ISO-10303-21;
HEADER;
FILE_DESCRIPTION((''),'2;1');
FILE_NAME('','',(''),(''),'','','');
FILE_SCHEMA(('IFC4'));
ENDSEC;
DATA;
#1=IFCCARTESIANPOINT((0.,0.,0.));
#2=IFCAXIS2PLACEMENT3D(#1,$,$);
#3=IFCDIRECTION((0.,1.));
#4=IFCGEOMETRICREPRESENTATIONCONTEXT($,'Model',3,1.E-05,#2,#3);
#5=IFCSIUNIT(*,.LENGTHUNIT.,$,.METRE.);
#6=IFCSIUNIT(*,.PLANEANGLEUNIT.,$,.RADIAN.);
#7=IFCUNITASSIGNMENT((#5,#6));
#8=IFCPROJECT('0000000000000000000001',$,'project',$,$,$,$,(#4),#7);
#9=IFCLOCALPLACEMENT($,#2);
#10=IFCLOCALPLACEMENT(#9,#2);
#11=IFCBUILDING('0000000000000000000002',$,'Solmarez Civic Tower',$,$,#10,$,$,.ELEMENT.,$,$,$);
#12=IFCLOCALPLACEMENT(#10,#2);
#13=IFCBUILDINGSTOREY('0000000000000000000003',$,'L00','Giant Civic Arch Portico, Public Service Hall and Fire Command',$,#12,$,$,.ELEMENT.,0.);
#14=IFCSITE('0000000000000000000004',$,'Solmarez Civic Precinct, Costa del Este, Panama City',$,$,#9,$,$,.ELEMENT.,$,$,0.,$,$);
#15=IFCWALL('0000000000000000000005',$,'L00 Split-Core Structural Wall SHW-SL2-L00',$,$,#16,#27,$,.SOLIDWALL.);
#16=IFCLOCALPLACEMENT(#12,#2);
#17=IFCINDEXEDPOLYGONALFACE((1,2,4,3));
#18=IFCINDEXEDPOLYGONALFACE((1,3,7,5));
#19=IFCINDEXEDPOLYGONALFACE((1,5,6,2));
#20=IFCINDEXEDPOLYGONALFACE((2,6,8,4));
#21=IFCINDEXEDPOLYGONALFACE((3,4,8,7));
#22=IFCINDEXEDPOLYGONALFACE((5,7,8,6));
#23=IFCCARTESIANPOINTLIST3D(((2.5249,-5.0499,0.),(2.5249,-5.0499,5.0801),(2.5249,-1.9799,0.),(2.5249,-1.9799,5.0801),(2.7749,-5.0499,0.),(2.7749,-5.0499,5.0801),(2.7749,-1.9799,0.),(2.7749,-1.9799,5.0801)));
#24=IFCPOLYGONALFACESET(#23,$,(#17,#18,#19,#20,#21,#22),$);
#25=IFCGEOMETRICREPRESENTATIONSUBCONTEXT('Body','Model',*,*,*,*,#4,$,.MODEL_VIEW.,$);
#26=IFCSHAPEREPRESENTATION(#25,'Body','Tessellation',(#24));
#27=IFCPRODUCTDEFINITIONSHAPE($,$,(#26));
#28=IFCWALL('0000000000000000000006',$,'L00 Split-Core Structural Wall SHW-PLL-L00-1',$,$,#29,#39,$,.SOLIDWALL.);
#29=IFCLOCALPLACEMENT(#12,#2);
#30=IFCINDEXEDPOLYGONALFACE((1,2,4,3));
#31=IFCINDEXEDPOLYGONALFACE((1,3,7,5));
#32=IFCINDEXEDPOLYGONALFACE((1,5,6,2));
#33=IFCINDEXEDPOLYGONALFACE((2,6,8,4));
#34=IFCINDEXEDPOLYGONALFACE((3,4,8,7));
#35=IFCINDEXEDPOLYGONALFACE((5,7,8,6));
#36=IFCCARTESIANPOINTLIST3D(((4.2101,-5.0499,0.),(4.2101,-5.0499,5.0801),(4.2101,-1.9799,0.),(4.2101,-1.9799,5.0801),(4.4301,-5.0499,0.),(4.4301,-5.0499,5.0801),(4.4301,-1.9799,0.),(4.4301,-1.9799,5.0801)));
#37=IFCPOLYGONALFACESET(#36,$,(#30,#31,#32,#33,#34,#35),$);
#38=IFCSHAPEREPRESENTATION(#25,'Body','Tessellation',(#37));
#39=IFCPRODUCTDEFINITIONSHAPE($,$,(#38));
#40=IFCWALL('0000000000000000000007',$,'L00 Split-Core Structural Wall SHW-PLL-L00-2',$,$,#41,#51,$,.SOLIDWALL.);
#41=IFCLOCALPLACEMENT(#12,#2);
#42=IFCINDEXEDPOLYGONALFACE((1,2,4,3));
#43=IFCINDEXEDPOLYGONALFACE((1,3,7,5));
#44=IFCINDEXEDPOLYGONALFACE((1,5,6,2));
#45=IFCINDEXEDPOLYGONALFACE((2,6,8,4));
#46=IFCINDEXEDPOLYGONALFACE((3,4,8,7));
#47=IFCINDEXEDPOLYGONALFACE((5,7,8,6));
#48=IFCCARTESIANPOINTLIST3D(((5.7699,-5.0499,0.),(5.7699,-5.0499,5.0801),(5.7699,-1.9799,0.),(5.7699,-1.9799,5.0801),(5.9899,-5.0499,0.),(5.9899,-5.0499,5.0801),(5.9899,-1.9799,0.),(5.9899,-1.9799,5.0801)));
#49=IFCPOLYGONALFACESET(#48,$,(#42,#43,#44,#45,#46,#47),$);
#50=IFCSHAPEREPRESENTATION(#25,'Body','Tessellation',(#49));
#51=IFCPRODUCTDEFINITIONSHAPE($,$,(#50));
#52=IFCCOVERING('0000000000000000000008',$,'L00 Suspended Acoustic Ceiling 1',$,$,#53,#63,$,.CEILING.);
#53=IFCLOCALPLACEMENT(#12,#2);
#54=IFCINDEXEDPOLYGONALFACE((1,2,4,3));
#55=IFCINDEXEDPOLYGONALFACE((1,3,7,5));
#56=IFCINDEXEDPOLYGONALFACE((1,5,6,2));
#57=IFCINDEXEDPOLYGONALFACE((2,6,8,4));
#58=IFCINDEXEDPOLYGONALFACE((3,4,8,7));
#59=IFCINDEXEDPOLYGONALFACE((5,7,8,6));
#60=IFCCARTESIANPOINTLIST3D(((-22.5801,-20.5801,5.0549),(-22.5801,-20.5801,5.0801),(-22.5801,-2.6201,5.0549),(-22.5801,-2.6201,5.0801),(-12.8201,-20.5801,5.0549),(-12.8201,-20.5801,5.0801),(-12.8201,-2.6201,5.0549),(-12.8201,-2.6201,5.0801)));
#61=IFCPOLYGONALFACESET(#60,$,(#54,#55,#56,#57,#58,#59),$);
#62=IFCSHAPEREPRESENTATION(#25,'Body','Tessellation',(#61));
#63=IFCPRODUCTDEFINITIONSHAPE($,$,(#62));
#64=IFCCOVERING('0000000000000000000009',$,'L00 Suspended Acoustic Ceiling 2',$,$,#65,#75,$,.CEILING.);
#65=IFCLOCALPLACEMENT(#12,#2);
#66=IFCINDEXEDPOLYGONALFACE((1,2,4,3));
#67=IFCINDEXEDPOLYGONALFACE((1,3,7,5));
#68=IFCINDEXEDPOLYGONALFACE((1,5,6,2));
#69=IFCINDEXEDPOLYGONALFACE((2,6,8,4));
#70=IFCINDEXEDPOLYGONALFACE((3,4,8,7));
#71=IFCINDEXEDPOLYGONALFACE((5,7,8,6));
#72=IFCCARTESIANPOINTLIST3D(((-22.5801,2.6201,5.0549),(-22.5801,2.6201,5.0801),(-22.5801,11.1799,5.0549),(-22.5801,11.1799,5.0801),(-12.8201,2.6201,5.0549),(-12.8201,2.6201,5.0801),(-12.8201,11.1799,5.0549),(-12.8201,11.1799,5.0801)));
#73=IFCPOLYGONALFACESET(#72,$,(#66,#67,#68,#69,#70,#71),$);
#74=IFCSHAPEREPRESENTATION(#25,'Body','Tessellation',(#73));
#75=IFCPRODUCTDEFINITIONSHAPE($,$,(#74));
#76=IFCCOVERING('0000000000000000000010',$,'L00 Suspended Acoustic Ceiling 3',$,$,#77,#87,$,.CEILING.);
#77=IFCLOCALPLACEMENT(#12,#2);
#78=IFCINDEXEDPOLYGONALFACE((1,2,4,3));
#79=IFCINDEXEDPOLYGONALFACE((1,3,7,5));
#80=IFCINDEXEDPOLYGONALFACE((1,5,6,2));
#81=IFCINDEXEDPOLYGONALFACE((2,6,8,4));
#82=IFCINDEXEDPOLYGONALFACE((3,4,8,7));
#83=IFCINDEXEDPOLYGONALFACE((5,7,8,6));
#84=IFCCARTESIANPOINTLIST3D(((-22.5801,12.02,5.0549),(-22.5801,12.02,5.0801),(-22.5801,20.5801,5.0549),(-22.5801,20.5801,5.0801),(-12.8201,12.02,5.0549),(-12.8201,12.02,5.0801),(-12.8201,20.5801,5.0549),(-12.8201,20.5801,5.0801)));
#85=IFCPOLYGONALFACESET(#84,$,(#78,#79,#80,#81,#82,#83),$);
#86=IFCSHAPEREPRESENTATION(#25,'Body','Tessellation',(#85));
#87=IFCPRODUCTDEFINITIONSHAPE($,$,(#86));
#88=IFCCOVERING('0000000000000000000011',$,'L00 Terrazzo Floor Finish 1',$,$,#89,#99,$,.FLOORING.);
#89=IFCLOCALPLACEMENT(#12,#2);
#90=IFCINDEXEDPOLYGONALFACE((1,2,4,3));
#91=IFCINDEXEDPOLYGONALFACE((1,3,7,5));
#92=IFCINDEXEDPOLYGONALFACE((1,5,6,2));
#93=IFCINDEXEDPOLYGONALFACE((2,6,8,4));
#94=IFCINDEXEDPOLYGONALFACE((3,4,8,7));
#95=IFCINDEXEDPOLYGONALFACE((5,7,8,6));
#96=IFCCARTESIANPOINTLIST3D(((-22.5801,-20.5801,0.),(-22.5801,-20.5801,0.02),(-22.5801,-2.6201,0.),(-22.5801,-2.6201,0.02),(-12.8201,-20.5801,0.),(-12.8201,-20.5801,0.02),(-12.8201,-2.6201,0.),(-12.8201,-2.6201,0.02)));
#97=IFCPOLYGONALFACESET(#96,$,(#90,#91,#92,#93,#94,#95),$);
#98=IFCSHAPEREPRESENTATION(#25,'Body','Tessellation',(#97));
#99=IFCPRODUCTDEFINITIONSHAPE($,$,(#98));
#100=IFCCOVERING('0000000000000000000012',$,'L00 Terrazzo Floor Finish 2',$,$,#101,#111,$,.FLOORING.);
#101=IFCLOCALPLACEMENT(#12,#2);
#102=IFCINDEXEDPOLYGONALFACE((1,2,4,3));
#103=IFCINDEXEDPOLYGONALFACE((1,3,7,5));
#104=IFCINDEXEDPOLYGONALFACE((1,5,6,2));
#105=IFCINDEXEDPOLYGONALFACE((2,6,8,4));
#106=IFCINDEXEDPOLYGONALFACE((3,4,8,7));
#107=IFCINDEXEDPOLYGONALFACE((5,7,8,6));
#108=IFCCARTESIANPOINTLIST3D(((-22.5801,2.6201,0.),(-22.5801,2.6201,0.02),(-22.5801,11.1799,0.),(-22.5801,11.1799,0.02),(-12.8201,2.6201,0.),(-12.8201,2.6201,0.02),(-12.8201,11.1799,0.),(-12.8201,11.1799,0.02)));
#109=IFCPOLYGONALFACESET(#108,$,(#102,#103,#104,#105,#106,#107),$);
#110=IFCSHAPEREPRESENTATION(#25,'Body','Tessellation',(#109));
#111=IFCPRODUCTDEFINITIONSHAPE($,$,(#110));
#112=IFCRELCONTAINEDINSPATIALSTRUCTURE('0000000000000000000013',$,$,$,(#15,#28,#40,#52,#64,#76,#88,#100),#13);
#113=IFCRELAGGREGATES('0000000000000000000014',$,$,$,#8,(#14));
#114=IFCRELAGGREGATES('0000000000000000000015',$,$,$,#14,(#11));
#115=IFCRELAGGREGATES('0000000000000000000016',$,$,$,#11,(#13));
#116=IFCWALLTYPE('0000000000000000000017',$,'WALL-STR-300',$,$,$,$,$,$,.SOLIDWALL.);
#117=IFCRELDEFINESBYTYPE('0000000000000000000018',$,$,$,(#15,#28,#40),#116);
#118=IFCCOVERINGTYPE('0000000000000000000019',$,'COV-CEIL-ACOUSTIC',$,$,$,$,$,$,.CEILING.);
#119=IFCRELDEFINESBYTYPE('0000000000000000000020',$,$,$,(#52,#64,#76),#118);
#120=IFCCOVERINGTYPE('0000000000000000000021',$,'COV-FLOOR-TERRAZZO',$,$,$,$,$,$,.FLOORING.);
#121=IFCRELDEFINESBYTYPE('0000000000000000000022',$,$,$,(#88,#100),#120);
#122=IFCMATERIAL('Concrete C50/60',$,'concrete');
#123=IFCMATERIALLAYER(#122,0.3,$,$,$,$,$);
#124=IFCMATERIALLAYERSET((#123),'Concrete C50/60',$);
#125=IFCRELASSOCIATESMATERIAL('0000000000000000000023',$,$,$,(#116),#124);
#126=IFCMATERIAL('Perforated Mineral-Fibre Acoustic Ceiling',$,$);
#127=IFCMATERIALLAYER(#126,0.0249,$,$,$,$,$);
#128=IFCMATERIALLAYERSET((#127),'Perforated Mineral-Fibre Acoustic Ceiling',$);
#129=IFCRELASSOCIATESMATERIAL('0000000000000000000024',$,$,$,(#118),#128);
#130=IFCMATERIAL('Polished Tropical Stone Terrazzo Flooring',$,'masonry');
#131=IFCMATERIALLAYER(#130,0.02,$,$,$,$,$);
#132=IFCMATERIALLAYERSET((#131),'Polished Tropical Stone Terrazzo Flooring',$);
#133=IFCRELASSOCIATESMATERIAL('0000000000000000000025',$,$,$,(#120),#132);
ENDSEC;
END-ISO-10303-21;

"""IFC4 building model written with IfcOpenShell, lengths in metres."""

from ifc_helpers import new_model, si_unit, direction, frame, frame_2d, origin, place, context, subcontext, project, spatial, polyline, rectangle, outline, extrude, material, layer, layer_set, type_object, element, save


model = new_model("IFC4")

# Units and contexts
model_context = context("Model", 3, precision=1e-05, world=origin(), true_north=direction((0.0, 1.0)))
body_context = subcontext(model_context, "Body", "Model", "MODEL_VIEW")
ifc_project = project(units=[si_unit("LENGTHUNIT", "METRE"), si_unit("PLANEANGLEUNIT", "RADIAN")], contexts=[model_context])

# Site, building, storey
site_placement = place(None, origin())
site = spatial("IfcSite", under=ifc_project, at=site_placement, Name="Solmarez Civic Precinct, Costa del Este, Panama City", CompositionType="ELEMENT", RefElevation=0.0)
building_placement = place(site_placement, origin())
building = spatial("IfcBuilding", under=site, at=building_placement, Name="Solmarez Civic Tower", CompositionType="ELEMENT")
storey_placement = place(building_placement, origin())
storey = spatial("IfcBuildingStorey", under=building, at=storey_placement, Name="L00", Description="Giant Civic Arch Portico, Public Service Hall and Fire Command", CompositionType="ELEMENT", Elevation=0.0)

# Shared definitions
ifc_material_1 = material(Name="Concrete C50/60", Category="concrete")

# Walls
ifc_layer_1 = layer(ifc_material_1, 0.3)
ifc_layer_set_1 = layer_set([ifc_layer_1], Name="Concrete C50/60")
wall_type_1 = type_object("IfcWallType", Name="WALL-STR-300", PredefinedType="SOLIDWALL", material=ifc_layer_set_1)
wall_1_placement = place(storey_placement, frame((2.6499, -5.05, 0.0), z_axis=(0.0, 0.0, 1.0), x_axis=(0.0, 1.0, 0.0)))
element("IfcWall", 1, at=wall_1_placement, inside=storey, type_object=wall_type_1, Name="L00 Split-Core Structural Wall SHW-SL2-L00", PredefinedType="SOLIDWALL", context=body_context, shape_type="SweptSolid", body=[
    extrude(rectangle(XDim=3.0701, YDim=0.25, at=frame_2d((1.5352, 0.0))), origin(), (0.0, 0.0, 1.0), 5.0801),
])
for number, where, z_axis, x_axis, name in (
    (2, (4.3201, -5.05, 0.0), (0.0, 0.0, 1.0), (0.0, 1.0, 0.0), "L00 Split-Core Structural Wall SHW-PLL-L00-1"),
    (3, (5.8799, -5.05, 0.0), (0.0, 0.0, 1.0), (0.0, 1.0, 0.0), "L00 Split-Core Structural Wall SHW-PLL-L00-2"),
):
    element("IfcWall", number, at=place(storey_placement, frame(where, z_axis=z_axis, x_axis=x_axis)), inside=storey, type_object=wall_type_1, Name=name, PredefinedType="SOLIDWALL", context=body_context, shape_type="SweptSolid", body=[
        extrude(rectangle(XDim=3.0701, YDim=0.22, at=frame_2d((1.5352, 0.0))), origin(), (0.0, 0.0, 1.0), 5.0801),
    ])

# Coverings
ifc_material_2 = material(Name="Perforated Mineral-Fibre Acoustic Ceiling")
ifc_layer_2 = layer(ifc_material_2, 0.0249)
ifc_layer_set_2 = layer_set([ifc_layer_2], Name="Perforated Mineral-Fibre Acoustic Ceiling")
covering_type_1 = type_object("IfcCoveringType", Name="COV-CEIL-ACOUSTIC", PredefinedType="CEILING", material=ifc_layer_set_2)
covering_1_placement = place(storey_placement, frame((0.0, 0.0, 5.0549)))
element("IfcCovering", 4, at=covering_1_placement, inside=storey, type_object=covering_type_1, Name="L00 Suspended Acoustic Ceiling 1", PredefinedType="CEILING", context=body_context, shape_type="SweptSolid", body=[
    extrude(outline(polyline([(-12.8201, -20.5801), (-12.8201, -2.6201), (-22.5801, -2.6201), (-22.5801, -20.5801), (-12.8201, -20.5801)])), origin(), (0.0, 0.0, 1.0), 0.0251),
])
covering_2_placement = place(storey_placement, frame((0.0, 0.0, 5.0549)))
element("IfcCovering", 5, at=covering_2_placement, inside=storey, type_object=covering_type_1, Name="L00 Suspended Acoustic Ceiling 2", PredefinedType="CEILING", context=body_context, shape_type="SweptSolid", body=[
    extrude(outline(polyline([(-12.8201, 2.6201), (-12.8201, 11.1799), (-22.5801, 11.1799), (-22.5801, 2.6201), (-12.8201, 2.6201)])), origin(), (0.0, 0.0, 1.0), 0.0251),
])
covering_3_placement = place(storey_placement, frame((0.0, 0.0, 5.0549)))
element("IfcCovering", 6, at=covering_3_placement, inside=storey, type_object=covering_type_1, Name="L00 Suspended Acoustic Ceiling 3", PredefinedType="CEILING", context=body_context, shape_type="SweptSolid", body=[
    extrude(outline(polyline([(-12.8201, 12.02), (-12.8201, 20.5801), (-22.5801, 20.5801), (-22.5801, 12.02), (-12.8201, 12.02)])), origin(), (0.0, 0.0, 1.0), 0.0251),
])
ifc_material_3 = material(Name="Polished Tropical Stone Terrazzo Flooring", Category="masonry")
ifc_layer_3 = layer(ifc_material_3, 0.02)
ifc_layer_set_3 = layer_set([ifc_layer_3], Name="Polished Tropical Stone Terrazzo Flooring")
covering_type_2 = type_object("IfcCoveringType", Name="COV-FLOOR-TERRAZZO", PredefinedType="FLOORING", material=ifc_layer_set_3)
covering_4_placement = place(storey_placement, origin())
element("IfcCovering", 7, at=covering_4_placement, inside=storey, type_object=covering_type_2, Name="L00 Terrazzo Floor Finish 1", PredefinedType="FLOORING", context=body_context, shape_type="SweptSolid", body=[
    extrude(outline(polyline([(-12.8201, -20.5801), (-12.8201, -2.6201), (-22.5801, -2.6201), (-22.5801, -20.5801), (-12.8201, -20.5801)])), origin(), (0.0, 0.0, 1.0), 0.02),
])
covering_5_placement = place(storey_placement, origin())
element("IfcCovering", 8, at=covering_5_placement, inside=storey, type_object=covering_type_2, Name="L00 Terrazzo Floor Finish 2", PredefinedType="FLOORING", context=body_context, shape_type="SweptSolid", body=[
    extrude(outline(polyline([(-12.8201, 2.6201), (-12.8201, 11.1799), (-22.5801, 11.1799), (-22.5801, 2.6201), (-12.8201, 2.6201)])), origin(), (0.0, 0.0, 1.0), 0.02),
])

save(model, "model.ifc")
